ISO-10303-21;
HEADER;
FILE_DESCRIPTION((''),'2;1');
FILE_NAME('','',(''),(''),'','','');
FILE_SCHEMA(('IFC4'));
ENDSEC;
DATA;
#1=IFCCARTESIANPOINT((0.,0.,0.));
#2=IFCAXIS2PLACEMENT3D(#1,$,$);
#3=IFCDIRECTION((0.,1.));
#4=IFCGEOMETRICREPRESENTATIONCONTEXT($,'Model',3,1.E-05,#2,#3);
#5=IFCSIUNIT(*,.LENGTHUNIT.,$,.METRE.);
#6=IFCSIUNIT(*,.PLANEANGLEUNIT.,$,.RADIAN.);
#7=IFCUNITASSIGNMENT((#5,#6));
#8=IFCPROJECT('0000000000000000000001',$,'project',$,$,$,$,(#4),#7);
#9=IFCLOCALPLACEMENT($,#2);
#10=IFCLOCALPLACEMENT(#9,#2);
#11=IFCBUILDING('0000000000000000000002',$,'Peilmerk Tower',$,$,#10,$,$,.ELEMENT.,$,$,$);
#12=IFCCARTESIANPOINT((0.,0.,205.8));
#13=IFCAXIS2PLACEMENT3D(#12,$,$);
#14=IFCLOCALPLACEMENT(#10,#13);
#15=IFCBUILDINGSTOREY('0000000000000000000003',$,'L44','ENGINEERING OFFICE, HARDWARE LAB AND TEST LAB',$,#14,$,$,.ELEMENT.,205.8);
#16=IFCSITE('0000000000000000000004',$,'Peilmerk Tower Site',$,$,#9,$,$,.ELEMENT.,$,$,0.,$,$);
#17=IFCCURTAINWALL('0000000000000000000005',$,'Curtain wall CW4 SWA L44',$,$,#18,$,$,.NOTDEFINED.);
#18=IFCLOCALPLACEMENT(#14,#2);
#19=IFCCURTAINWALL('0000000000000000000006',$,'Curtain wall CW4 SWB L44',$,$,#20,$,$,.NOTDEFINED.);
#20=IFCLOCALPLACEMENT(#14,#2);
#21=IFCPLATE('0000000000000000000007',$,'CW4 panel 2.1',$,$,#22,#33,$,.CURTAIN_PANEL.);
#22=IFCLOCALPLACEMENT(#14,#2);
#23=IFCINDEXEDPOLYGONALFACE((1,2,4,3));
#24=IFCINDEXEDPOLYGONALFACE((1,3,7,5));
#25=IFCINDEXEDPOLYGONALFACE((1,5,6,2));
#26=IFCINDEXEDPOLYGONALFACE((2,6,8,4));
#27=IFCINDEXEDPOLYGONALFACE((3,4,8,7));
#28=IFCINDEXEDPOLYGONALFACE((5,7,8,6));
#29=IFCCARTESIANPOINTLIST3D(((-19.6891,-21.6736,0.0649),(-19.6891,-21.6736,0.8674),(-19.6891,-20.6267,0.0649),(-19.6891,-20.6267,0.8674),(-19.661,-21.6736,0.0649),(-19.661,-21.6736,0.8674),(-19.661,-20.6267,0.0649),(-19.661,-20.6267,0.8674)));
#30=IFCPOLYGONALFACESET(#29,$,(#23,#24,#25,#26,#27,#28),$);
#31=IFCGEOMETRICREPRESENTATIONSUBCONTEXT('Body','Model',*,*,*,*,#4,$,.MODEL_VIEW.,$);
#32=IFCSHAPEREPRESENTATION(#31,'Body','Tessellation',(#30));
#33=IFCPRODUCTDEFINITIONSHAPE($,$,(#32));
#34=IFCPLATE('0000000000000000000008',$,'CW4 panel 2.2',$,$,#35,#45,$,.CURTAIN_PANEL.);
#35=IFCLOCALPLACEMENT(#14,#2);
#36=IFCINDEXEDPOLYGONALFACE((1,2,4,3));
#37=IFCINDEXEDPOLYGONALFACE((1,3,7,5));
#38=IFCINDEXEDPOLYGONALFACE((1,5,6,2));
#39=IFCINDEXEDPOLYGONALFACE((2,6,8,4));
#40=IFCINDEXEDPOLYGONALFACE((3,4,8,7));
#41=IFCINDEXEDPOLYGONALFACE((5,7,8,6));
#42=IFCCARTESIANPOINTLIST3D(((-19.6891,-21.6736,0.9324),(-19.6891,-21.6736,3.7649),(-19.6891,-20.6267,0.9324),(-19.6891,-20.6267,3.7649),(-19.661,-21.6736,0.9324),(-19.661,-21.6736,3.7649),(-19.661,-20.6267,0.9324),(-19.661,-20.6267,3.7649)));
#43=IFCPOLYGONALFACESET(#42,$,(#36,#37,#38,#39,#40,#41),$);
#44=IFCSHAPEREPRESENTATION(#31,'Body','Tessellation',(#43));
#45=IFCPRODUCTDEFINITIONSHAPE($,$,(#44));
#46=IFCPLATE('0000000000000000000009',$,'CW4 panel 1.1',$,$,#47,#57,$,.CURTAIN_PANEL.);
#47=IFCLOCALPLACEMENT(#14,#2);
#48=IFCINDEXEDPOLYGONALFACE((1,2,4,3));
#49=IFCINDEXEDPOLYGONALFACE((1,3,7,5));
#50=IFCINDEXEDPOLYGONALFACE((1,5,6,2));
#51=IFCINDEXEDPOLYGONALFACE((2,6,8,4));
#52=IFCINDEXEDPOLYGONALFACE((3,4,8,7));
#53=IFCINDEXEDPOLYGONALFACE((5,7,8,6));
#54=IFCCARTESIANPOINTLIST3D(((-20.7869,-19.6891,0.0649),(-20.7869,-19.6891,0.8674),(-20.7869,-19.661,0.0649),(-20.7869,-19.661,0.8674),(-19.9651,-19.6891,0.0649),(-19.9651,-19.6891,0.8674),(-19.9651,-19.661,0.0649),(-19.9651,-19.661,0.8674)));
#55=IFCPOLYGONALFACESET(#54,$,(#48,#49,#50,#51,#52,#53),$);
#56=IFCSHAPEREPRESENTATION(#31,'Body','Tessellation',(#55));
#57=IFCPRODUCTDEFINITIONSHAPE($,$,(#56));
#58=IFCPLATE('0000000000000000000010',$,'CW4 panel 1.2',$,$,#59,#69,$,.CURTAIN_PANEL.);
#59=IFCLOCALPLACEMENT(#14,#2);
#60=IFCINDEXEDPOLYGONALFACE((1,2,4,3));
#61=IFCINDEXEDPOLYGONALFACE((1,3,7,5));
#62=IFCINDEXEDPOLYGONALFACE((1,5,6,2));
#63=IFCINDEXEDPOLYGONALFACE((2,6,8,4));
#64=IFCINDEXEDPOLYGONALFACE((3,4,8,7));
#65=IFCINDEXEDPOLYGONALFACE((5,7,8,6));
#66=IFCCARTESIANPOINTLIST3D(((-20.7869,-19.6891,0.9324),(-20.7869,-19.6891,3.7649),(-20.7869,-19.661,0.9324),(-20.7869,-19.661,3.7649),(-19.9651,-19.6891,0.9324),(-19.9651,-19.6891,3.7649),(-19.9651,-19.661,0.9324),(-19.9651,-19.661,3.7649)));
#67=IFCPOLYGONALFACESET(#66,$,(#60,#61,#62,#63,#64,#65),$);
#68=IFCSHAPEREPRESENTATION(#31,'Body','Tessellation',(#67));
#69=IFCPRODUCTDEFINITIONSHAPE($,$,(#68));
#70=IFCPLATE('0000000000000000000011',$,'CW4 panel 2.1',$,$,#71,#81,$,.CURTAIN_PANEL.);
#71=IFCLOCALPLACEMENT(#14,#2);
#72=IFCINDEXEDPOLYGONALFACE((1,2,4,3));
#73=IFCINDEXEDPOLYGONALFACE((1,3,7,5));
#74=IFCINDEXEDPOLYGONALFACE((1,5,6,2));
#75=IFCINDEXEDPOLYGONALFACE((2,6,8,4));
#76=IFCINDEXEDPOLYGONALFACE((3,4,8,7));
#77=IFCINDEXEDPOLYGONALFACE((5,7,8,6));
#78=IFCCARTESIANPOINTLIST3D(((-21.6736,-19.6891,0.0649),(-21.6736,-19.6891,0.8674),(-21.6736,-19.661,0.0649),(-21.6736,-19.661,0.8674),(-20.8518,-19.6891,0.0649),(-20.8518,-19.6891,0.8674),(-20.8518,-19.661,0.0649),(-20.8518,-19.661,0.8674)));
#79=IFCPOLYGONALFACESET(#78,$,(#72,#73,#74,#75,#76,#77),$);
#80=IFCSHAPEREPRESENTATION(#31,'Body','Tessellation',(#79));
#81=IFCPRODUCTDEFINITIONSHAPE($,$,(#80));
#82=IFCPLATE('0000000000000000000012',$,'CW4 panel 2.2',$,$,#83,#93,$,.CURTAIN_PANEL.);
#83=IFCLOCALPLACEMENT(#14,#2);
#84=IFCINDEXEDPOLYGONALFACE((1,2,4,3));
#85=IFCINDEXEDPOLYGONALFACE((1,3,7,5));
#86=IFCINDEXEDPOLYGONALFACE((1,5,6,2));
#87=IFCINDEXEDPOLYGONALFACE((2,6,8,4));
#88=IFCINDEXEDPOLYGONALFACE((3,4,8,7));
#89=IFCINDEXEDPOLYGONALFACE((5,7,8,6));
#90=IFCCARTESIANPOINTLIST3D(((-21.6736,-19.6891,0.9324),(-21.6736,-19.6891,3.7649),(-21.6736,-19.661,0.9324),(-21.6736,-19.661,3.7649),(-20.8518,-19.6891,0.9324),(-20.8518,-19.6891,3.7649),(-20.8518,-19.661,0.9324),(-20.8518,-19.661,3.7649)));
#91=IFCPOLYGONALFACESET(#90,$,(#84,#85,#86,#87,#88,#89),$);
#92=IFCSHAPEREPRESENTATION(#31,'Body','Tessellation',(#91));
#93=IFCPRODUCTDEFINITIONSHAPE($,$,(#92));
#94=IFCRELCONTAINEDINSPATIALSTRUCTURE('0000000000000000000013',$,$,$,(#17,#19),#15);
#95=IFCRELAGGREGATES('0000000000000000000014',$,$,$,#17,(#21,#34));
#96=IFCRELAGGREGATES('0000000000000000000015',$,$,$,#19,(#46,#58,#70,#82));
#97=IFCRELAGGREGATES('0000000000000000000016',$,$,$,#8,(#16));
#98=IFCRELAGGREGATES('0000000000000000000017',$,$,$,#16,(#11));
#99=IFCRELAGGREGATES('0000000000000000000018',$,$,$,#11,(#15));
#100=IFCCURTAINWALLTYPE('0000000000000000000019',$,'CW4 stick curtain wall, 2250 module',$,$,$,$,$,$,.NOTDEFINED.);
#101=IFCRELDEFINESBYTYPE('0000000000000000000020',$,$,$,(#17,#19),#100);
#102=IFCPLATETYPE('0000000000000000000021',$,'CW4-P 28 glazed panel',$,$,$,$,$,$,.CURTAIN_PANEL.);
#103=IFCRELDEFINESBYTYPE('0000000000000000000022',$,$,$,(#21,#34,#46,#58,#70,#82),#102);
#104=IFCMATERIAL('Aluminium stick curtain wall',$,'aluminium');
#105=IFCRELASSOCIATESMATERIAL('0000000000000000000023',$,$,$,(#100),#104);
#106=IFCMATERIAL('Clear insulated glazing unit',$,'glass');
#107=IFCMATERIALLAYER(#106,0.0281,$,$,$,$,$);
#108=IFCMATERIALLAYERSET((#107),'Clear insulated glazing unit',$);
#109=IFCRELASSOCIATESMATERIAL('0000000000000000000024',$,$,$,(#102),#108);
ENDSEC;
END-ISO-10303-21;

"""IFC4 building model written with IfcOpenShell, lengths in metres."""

from ifc_helpers import new_model, si_unit, direction, frame, origin, origin_2d, place, context, subcontext, project, spatial, rectangle, extrude, material, layer, layer_set, type_object, element, aggregate, save


model = new_model("IFC4")

# Units and contexts
model_context = context("Model", 3, precision=1e-05, world=origin(), true_north=direction((0.0, 1.0)))
body_context = subcontext(model_context, "Body", "Model", "MODEL_VIEW")
ifc_project = project(units=[si_unit("LENGTHUNIT", "METRE"), si_unit("PLANEANGLEUNIT", "RADIAN")], contexts=[model_context])

# Site, building, storey
site_placement = place(None, origin())
site = spatial("IfcSite", under=ifc_project, at=site_placement, Name="Peilmerk Tower Site", CompositionType="ELEMENT", RefElevation=0.0)
building_placement = place(site_placement, origin())
building = spatial("IfcBuilding", under=site, at=building_placement, Name="Peilmerk Tower", CompositionType="ELEMENT")
storey_placement = place(building_placement, frame((0.0, 0.0, 205.8)))
storey = spatial("IfcBuildingStorey", under=building, at=storey_placement, Name="L44", Description="ENGINEERING OFFICE, HARDWARE LAB AND TEST LAB", CompositionType="ELEMENT", Elevation=205.8)

# Curtain wall
ifc_material_1 = material(Name="Aluminium stick curtain wall", Category="aluminium")
curtain_wall_type = type_object("IfcCurtainWallType", Name="CW4 stick curtain wall, 2250 module", PredefinedType="NOTDEFINED", material=ifc_material_1)
curtain_wall_1_placement = place(storey_placement, origin())
curtain_wall_1 = element("IfcCurtainWall", 1, at=curtain_wall_1_placement, inside=storey, type_object=curtain_wall_type, Name="Curtain wall CW4 SWA L44", PredefinedType="NOTDEFINED")

# Curtain wall
curtain_wall_2_placement = place(storey_placement, origin())
curtain_wall_2 = element("IfcCurtainWall", 2, at=curtain_wall_2_placement, inside=storey, type_object=curtain_wall_type, Name="Curtain wall CW4 SWB L44", PredefinedType="NOTDEFINED")

# Plates
ifc_material_2 = material(Name="Clear insulated glazing unit", Category="glass")
ifc_layer_1 = layer(ifc_material_2, 0.0281)
ifc_layer_set_1 = layer_set([ifc_layer_1], Name="Clear insulated glazing unit")
plate_type = type_object("IfcPlateType", Name="CW4-P 28 glazed panel", PredefinedType="CURTAIN_PANEL", material=ifc_layer_set_1)
plate_1_placement = place(storey_placement, frame((-19.675, -21.1501, 0.0649), z_axis=(0.0, 0.0, 1.0), x_axis=(0.0, -1.0, 0.0)))
plate_1 = element("IfcPlate", 3, at=plate_1_placement, type_object=plate_type, Name="CW4 panel 2.1", PredefinedType="CURTAIN_PANEL", context=body_context, shape_type="SweptSolid", body=[
    extrude(rectangle(XDim=1.0469, YDim=0.0281, at=origin_2d()), origin(), (0.0, 0.0, 1.0), 0.8025),
])
plate_2_placement = place(storey_placement, frame((-19.675, -21.1501, 0.9324), z_axis=(0.0, 0.0, 1.0), x_axis=(0.0, -1.0, 0.0)))
plate_2 = element("IfcPlate", 4, at=plate_2_placement, type_object=plate_type, Name="CW4 panel 2.2", PredefinedType="CURTAIN_PANEL", context=body_context, shape_type="SweptSolid", body=[
    extrude(rectangle(XDim=1.0469, YDim=0.0281, at=origin_2d()), origin(), (0.0, 0.0, 1.0), 2.8325),
])
aggregate(curtain_wall_1, [plate_1, plate_2])
plate_3_placement = place(storey_placement, frame((-20.376, -19.675, 0.0649), z_axis=(0.0, 0.0, 1.0), x_axis=(-1.0, 0.0, 0.0)))
plate_3 = element("IfcPlate", 5, at=plate_3_placement, type_object=plate_type, Name="CW4 panel 1.1", PredefinedType="CURTAIN_PANEL", context=body_context, shape_type="SweptSolid", body=[
    extrude(rectangle(XDim=0.8218, YDim=0.0281, at=origin_2d()), origin(), (0.0, 0.0, 1.0), 0.8025),
])
plate_4_placement = place(storey_placement, frame((-20.376, -19.675, 0.9324), z_axis=(0.0, 0.0, 1.0), x_axis=(-1.0, 0.0, 0.0)))
plate_4 = element("IfcPlate", 6, at=plate_4_placement, type_object=plate_type, Name="CW4 panel 1.2", PredefinedType="CURTAIN_PANEL", context=body_context, shape_type="SweptSolid", body=[
    extrude(rectangle(XDim=0.8218, YDim=0.0281, at=origin_2d()), origin(), (0.0, 0.0, 1.0), 2.8325),
])
plate_5_placement = place(storey_placement, frame((-21.2627, -19.675, 0.0649), z_axis=(0.0, 0.0, 1.0), x_axis=(-1.0, 0.0, 0.0)))
plate_5 = element("IfcPlate", 7, at=plate_5_placement, type_object=plate_type, Name="CW4 panel 2.1", PredefinedType="CURTAIN_PANEL", context=body_context, shape_type="SweptSolid", body=[
    extrude(rectangle(XDim=0.8218, YDim=0.0281, at=origin_2d()), origin(), (0.0, 0.0, 1.0), 0.8025),
])
plate_6_placement = place(storey_placement, frame((-21.2627, -19.675, 0.9324), z_axis=(0.0, 0.0, 1.0), x_axis=(-1.0, 0.0, 0.0)))
plate_6 = element("IfcPlate", 8, at=plate_6_placement, type_object=plate_type, Name="CW4 panel 2.2", PredefinedType="CURTAIN_PANEL", context=body_context, shape_type="SweptSolid", body=[
    extrude(rectangle(XDim=0.8218, YDim=0.0281, at=origin_2d()), origin(), (0.0, 0.0, 1.0), 2.8325),
])
aggregate(curtain_wall_2, [plate_3, plate_4, plate_5, plate_6])

save(model, "model.ifc")
